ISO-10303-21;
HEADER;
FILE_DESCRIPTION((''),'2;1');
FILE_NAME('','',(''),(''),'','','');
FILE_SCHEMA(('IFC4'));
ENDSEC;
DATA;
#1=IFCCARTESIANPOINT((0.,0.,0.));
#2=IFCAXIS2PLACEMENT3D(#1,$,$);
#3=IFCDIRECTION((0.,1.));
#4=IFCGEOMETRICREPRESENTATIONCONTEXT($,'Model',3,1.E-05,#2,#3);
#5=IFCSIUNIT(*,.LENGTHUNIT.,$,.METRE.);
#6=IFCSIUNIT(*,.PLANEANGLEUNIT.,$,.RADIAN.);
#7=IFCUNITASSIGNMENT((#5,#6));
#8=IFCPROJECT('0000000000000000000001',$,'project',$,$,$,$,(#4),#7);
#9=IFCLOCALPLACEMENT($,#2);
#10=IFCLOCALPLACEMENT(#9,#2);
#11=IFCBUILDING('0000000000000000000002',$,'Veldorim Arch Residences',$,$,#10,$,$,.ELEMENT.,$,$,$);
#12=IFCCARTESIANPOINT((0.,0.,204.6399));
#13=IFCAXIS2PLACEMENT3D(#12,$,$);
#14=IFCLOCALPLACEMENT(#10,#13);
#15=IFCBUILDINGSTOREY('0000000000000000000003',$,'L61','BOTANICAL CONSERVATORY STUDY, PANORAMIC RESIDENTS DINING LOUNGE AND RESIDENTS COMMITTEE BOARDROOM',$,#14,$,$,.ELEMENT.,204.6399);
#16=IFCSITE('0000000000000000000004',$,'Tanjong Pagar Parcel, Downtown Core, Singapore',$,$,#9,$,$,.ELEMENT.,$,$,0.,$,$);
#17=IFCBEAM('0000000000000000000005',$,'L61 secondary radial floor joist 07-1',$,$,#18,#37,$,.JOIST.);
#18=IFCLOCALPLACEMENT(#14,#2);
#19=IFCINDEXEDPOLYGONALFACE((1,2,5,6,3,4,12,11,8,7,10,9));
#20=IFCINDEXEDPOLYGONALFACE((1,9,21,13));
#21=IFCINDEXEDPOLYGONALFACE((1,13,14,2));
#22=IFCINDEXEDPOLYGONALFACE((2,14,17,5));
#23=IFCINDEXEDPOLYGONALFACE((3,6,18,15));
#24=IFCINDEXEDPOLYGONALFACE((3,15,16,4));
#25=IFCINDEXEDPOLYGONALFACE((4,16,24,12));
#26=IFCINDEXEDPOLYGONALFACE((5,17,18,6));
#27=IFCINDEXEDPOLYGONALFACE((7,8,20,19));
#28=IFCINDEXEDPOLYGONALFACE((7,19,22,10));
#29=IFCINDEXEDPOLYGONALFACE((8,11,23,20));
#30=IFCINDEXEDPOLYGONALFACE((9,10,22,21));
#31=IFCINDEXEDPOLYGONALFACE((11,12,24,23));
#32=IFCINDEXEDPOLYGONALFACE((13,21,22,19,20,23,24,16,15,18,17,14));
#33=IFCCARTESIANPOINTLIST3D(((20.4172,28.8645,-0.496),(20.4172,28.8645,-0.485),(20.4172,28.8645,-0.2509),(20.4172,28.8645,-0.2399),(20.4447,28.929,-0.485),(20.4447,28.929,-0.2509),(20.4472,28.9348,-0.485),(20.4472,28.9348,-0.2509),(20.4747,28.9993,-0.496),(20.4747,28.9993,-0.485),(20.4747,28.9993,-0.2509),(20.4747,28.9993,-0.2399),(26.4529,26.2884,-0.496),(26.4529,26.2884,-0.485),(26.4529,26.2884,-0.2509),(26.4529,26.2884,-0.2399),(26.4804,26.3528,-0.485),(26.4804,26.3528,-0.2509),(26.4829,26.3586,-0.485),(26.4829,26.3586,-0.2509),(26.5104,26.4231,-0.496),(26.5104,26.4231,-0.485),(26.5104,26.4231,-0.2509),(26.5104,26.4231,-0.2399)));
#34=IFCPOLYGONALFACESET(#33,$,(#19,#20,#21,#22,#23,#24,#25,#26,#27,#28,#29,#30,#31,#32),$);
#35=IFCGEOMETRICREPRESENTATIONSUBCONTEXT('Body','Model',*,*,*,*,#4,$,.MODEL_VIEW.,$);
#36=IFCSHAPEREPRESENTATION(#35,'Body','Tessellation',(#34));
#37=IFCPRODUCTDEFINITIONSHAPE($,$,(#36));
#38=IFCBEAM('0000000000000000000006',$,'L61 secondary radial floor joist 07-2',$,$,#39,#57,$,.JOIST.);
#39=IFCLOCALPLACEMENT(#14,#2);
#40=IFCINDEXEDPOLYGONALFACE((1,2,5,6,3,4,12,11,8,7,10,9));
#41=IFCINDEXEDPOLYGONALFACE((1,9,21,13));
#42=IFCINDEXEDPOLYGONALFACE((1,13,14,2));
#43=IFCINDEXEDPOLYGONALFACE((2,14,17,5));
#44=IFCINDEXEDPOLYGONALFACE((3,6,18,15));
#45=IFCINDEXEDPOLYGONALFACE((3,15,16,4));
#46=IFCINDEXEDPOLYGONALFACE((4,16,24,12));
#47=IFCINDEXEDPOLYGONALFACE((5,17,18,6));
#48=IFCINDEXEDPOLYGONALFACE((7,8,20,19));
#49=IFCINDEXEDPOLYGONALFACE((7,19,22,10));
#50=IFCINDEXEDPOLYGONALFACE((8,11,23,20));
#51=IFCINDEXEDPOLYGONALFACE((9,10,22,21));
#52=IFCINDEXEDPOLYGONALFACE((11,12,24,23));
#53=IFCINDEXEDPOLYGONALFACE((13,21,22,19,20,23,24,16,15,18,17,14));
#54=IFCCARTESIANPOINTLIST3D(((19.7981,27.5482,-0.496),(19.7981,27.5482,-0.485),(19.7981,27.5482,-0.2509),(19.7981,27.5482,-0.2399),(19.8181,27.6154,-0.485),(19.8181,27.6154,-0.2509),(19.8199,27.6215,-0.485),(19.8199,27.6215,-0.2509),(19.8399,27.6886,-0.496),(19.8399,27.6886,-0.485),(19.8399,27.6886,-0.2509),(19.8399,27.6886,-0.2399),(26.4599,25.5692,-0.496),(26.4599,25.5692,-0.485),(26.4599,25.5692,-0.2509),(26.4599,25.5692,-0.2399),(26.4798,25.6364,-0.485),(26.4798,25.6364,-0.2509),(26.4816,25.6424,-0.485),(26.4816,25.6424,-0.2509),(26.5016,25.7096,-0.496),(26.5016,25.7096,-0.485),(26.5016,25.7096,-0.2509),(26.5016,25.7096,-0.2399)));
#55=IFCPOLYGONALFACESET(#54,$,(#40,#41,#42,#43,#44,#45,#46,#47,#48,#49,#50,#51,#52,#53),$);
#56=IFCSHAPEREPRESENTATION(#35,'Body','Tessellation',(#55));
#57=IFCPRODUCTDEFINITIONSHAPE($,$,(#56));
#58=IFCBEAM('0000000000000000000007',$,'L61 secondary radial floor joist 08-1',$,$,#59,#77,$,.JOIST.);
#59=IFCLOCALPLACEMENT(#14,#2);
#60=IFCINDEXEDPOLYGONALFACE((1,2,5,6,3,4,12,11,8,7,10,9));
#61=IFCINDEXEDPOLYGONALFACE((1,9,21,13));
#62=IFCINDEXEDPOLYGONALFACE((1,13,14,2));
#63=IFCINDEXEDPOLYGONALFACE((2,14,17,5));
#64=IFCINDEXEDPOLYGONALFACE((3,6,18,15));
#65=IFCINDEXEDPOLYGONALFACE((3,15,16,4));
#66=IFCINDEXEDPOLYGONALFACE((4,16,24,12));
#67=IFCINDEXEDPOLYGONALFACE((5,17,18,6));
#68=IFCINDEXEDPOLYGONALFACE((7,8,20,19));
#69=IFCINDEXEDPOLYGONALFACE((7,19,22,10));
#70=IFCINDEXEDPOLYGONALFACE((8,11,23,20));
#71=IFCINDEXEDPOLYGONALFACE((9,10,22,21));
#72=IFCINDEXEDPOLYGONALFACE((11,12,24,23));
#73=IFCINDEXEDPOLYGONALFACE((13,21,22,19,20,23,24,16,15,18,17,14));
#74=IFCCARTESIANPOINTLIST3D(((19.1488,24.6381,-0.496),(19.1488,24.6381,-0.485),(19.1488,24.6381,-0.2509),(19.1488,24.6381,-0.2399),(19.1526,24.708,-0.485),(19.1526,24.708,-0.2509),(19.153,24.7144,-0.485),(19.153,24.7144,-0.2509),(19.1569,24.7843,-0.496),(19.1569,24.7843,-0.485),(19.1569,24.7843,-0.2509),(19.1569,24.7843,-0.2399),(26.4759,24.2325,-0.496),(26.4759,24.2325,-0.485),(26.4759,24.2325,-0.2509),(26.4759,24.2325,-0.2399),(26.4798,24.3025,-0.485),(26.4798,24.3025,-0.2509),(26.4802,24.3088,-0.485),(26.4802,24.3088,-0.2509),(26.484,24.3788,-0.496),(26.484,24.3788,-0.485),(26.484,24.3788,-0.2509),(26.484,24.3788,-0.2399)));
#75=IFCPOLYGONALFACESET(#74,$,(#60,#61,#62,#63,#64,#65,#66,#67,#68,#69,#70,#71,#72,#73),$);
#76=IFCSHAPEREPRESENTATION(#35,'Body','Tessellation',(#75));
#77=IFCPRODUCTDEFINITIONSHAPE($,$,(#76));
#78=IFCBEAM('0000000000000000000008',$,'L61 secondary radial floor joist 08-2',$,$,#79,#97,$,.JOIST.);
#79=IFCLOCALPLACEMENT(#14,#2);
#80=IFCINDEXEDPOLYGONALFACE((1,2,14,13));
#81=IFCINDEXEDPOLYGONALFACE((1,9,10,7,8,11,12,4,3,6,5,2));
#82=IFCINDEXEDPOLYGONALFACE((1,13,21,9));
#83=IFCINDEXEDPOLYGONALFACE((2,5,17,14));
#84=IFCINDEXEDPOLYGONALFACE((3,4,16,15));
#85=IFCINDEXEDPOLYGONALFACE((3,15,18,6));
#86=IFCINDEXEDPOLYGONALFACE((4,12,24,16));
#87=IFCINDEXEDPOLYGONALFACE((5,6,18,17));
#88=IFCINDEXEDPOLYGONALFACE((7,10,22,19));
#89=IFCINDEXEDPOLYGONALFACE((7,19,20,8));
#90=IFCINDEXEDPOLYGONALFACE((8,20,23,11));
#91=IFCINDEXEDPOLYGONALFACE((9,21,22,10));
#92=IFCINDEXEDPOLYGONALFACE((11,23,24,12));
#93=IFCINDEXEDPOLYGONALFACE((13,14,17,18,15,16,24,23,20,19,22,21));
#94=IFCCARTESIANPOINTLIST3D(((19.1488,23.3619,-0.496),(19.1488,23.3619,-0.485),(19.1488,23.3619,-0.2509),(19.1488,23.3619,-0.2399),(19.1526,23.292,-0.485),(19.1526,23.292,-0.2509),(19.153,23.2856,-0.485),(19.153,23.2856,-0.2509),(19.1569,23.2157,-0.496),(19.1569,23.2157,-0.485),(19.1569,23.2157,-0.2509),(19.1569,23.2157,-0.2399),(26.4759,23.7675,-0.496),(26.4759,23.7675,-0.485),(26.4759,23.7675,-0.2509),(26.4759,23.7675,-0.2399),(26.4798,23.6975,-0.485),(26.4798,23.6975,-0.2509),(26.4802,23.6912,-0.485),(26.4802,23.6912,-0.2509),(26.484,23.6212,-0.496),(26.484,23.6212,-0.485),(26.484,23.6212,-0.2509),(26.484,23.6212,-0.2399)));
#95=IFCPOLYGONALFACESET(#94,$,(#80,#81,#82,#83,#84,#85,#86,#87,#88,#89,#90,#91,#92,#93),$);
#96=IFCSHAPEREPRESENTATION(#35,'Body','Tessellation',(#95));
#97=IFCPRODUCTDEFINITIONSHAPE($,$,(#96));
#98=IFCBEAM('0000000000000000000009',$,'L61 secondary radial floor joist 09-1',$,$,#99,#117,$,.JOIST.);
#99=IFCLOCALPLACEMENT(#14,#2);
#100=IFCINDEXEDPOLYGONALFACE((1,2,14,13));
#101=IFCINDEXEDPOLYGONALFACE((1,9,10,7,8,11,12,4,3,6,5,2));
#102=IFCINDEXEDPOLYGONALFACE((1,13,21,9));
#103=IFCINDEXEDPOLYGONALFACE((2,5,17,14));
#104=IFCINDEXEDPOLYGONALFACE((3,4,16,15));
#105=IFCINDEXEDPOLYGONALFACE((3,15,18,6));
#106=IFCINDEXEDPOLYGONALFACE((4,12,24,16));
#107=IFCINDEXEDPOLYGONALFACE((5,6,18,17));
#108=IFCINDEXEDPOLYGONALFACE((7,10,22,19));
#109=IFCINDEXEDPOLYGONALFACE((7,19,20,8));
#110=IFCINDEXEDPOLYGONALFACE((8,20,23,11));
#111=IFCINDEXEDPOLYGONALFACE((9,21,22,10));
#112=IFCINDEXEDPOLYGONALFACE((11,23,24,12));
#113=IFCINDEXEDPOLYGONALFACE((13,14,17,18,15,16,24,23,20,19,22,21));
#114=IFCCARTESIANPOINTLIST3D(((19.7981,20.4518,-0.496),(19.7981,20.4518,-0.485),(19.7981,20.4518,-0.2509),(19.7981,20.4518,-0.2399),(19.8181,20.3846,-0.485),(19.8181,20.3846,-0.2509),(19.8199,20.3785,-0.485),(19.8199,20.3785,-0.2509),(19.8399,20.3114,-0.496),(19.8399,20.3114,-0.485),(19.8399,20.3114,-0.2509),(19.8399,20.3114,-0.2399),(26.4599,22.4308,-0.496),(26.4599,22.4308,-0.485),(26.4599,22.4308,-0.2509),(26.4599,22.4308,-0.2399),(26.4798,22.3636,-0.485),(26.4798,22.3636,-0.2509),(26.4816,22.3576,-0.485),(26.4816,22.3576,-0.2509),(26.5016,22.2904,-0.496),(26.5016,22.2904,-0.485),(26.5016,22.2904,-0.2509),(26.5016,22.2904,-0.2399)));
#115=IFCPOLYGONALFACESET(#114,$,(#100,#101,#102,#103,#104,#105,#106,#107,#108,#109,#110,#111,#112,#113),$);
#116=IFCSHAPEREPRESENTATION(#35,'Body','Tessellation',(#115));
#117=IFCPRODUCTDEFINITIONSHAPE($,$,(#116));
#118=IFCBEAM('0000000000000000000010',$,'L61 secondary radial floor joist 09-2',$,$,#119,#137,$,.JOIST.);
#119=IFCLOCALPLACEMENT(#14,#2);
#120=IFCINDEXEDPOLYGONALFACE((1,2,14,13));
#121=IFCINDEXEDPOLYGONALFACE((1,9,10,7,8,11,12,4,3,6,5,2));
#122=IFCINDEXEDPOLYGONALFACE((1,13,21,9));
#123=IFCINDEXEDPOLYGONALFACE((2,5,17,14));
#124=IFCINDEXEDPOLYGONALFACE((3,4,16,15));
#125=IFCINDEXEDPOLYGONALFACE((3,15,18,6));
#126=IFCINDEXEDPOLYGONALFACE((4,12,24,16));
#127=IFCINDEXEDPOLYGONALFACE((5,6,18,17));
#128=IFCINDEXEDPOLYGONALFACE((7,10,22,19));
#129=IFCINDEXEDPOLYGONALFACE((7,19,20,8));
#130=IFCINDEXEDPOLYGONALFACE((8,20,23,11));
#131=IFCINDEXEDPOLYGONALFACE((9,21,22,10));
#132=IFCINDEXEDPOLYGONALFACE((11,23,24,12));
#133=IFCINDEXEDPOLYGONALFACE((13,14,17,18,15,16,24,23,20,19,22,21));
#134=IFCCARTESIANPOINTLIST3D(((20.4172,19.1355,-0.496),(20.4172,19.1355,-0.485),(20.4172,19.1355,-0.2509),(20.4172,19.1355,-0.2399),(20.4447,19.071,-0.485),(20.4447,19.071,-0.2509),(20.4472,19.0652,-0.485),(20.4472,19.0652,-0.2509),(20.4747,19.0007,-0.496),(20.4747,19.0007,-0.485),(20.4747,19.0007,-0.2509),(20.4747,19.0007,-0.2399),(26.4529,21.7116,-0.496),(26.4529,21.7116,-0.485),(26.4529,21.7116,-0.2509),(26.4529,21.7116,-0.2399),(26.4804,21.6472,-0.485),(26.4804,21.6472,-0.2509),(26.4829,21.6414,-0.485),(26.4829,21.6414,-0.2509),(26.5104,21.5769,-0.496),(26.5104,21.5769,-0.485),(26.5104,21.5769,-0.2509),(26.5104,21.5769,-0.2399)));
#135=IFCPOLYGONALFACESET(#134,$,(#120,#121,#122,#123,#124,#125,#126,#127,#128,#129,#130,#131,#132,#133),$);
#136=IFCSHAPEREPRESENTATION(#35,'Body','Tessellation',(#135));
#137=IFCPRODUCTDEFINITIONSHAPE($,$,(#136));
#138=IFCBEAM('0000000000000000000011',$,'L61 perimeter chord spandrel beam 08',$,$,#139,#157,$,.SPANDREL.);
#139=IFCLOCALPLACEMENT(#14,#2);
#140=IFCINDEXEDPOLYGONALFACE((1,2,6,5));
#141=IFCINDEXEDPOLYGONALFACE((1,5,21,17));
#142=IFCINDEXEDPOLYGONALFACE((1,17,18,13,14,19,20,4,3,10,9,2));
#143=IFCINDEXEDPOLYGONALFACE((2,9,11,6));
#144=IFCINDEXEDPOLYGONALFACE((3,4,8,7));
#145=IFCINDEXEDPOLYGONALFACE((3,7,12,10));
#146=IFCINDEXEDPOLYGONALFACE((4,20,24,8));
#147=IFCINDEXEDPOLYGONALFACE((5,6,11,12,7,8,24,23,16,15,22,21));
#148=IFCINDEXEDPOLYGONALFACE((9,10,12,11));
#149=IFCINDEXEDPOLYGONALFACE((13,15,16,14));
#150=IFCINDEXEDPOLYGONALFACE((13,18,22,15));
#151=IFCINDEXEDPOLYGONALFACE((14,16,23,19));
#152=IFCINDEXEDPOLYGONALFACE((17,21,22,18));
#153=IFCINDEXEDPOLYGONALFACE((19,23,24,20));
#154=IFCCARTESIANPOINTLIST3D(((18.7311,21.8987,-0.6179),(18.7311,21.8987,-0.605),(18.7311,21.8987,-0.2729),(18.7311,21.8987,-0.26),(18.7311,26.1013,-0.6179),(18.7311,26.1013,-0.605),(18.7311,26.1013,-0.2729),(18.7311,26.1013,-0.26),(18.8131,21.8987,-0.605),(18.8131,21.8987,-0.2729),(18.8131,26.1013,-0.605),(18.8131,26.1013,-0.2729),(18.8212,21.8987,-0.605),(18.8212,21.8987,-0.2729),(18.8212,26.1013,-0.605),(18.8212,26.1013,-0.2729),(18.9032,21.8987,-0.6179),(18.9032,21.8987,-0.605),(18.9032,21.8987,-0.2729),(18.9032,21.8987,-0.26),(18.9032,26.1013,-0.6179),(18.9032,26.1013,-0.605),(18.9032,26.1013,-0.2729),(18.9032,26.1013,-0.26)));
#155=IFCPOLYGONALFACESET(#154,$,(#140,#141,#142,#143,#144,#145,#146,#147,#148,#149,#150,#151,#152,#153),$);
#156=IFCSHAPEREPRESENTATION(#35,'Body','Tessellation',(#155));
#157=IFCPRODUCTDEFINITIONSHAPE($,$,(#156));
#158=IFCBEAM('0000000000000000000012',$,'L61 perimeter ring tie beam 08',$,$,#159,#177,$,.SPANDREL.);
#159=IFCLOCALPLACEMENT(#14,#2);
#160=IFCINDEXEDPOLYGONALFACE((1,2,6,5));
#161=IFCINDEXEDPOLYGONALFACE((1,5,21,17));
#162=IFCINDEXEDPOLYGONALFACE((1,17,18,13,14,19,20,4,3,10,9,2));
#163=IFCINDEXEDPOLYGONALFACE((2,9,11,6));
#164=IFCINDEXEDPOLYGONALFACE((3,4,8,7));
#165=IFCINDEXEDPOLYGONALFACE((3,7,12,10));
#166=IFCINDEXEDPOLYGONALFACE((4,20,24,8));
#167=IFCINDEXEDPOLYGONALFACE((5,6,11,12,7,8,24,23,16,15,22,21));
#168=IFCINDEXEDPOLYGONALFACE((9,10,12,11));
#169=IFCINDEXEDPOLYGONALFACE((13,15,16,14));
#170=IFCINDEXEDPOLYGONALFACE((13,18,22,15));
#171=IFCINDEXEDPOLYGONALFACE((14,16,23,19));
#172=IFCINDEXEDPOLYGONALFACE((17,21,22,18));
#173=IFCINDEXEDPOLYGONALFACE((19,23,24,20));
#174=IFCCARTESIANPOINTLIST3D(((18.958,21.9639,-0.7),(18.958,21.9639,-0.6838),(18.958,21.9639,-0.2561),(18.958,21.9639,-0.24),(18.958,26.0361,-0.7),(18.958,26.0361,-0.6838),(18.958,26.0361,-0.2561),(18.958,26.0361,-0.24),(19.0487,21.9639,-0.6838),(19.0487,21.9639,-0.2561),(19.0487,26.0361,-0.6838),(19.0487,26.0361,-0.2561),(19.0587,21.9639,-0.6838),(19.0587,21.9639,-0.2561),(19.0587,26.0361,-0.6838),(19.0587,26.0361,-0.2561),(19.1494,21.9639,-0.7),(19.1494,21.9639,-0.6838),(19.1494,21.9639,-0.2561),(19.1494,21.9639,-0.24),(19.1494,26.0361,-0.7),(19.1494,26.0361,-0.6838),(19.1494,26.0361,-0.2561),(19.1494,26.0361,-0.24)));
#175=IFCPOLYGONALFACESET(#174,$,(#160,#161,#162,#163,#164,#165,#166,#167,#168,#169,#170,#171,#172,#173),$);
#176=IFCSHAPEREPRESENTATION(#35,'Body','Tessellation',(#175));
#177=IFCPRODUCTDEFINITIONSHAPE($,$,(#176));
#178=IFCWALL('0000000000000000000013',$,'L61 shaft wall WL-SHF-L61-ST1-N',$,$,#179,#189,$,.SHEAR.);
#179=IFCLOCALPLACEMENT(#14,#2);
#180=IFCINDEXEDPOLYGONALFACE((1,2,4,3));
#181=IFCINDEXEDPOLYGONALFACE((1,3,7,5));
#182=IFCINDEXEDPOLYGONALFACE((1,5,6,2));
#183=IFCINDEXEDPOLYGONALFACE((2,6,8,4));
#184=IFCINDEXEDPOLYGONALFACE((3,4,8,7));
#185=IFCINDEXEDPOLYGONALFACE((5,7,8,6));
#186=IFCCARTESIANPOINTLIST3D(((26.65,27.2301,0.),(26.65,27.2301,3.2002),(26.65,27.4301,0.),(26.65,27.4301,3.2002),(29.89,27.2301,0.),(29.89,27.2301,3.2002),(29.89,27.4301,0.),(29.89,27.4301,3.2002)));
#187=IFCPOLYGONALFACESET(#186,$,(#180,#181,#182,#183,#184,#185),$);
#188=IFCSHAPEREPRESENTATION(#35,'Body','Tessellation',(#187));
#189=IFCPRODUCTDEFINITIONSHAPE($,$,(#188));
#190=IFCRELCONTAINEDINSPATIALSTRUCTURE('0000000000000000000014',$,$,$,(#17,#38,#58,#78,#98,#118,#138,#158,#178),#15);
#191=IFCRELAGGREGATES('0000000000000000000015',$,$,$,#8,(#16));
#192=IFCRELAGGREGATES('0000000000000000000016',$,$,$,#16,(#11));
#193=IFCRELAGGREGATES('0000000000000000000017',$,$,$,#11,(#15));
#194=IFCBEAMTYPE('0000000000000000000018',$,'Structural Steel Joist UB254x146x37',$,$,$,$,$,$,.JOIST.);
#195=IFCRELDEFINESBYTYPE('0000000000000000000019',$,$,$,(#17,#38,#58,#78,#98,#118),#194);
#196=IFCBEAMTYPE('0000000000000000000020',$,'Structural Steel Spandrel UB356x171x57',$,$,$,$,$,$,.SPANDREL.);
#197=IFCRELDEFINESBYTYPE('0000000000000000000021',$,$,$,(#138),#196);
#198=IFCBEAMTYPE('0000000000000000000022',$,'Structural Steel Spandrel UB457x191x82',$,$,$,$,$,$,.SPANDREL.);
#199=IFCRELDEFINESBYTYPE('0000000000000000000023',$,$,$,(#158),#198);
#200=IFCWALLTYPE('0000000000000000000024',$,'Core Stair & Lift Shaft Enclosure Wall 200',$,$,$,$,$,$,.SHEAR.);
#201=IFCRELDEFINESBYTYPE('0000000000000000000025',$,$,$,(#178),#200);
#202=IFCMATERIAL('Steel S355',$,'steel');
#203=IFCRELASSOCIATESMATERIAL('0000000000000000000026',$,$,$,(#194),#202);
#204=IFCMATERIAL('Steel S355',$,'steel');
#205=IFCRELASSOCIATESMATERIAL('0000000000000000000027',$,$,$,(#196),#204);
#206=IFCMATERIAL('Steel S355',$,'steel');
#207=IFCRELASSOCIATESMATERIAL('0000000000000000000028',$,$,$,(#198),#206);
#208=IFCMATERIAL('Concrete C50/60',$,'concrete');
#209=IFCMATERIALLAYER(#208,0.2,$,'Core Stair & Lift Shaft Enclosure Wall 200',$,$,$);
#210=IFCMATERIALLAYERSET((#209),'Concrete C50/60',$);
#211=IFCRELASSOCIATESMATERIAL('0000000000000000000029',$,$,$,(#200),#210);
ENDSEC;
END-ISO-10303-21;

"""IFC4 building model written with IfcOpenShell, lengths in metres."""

from ifc_helpers import new_model, si_unit, direction, frame, frame_2d, origin, origin_2d, place, context, subcontext, project, spatial, rectangle, i_section, extrude, material, layer, layer_set, material_profile, profile_set, type_object, element, save


model = new_model("IFC4")

# Units and contexts
model_context = context("Model", 3, precision=1e-05, world=origin(), true_north=direction((0.0, 1.0)))
body_context = subcontext(model_context, "Body", "Model", "MODEL_VIEW")
ifc_project = project(units=[si_unit("LENGTHUNIT", "METRE"), si_unit("PLANEANGLEUNIT", "RADIAN")], contexts=[model_context])

# Site, building, storey
site_placement = place(None, origin())
site = spatial("IfcSite", under=ifc_project, at=site_placement, Name="Tanjong Pagar Parcel, Downtown Core, Singapore", CompositionType="ELEMENT", RefElevation=0.0)
building_placement = place(site_placement, origin())
building = spatial("IfcBuilding", under=site, at=building_placement, Name="Veldorim Arch Residences", CompositionType="ELEMENT")
storey_placement = place(building_placement, frame((0.0, 0.0, 204.6399)))
storey = spatial("IfcBuildingStorey", under=building, at=storey_placement, Name="L61", Description="BOTANICAL CONSERVATORY STUDY, PANORAMIC RESIDENTS DINING LOUNGE AND RESIDENTS COMMITTEE BOARDROOM", CompositionType="ELEMENT", Elevation=204.6399)

# Beams
ifc_material_1 = material(Name="Steel S355", Category="steel")
ifc_material_profile_1 = material_profile(ifc_material_1, i_section(OverallWidth=0.1465, OverallDepth=0.2561, WebThickness=0.0063, FlangeThickness=0.011, at=origin_2d()), Name="UB254x146x37")
ifc_profile_set_1 = profile_set([ifc_material_profile_1], Name="Steel S355")
beam_type_1 = type_object("IfcBeamType", Name="Structural Steel Joist UB254x146x37", PredefinedType="JOIST", material=ifc_profile_set_1)
beam_1_placement = place(storey_placement, frame((26.4817, 26.3557, -0.3679), z_axis=(-0.919725, 0.392563, 0.0), x_axis=(-0.392563, -0.919725, 0.0)))
element("IfcBeam", 1, at=beam_1_placement, inside=storey, type_object=beam_type_1, Name="L61 secondary radial floor joist 07-1", PredefinedType="JOIST", context=body_context, shape_type="SweptSolid", body=[
    extrude(i_section(OverallWidth=0.1465, OverallDepth=0.2561, WebThickness=0.0063, FlangeThickness=0.011, at=origin_2d()), origin(), (0.0, 0.0, 1.0), 6.5625),
])
beam_2_placement = place(storey_placement, frame((26.4807, 25.6394, -0.3679), z_axis=(-0.958594, 0.284775, 0.0), x_axis=(-0.284775, -0.958594, 0.0)))
element("IfcBeam", 2, at=beam_2_placement, inside=storey, type_object=beam_type_1, Name="L61 secondary radial floor joist 07-2", PredefinedType="JOIST", context=body_context, shape_type="SweptSolid", body=[
    extrude(i_section(OverallWidth=0.1465, OverallDepth=0.2561, WebThickness=0.0063, FlangeThickness=0.011, at=origin_2d()), origin(), (0.0, 0.0, 1.0), 6.9495),
])
for number, where, z_axis, x_axis, name in (
    (3, (26.48, 24.3057, -0.3679), (-0.998472, 0.05526, 0.0), (-0.05526, -0.998472, 0.0), "L61 secondary radial floor joist 08-1"),
    (4, (26.48, 23.6943, -0.3679), (-0.998472, -0.05526, 0.0), (0.05526, -0.998472, 0.0), "L61 secondary radial floor joist 08-2"),
):
    element("IfcBeam", number, at=place(storey_placement, frame(where, z_axis=z_axis, x_axis=x_axis)), inside=storey, type_object=beam_type_1, Name=name, PredefinedType="JOIST", context=body_context, shape_type="SweptSolid", body=[
        extrude(i_section(OverallWidth=0.1465, OverallDepth=0.2561, WebThickness=0.0063, FlangeThickness=0.011, at=origin_2d()), origin(), (0.0, 0.0, 1.0), 7.3384),
    ])
beam_3_placement = place(storey_placement, frame((26.4807, 22.3606, -0.3679), z_axis=(-0.958594, -0.284775, 0.0), x_axis=(0.284775, -0.958594, 0.0)))
element("IfcBeam", 5, at=beam_3_placement, inside=storey, type_object=beam_type_1, Name="L61 secondary radial floor joist 09-1", PredefinedType="JOIST", context=body_context, shape_type="SweptSolid", body=[
    extrude(i_section(OverallWidth=0.1465, OverallDepth=0.2561, WebThickness=0.0063, FlangeThickness=0.011, at=origin_2d()), origin(), (0.0, 0.0, 1.0), 6.9495),
])
beam_4_placement = place(storey_placement, frame((26.4817, 21.6443, -0.3679), z_axis=(-0.919725, -0.392563, 0.0), x_axis=(0.392563, -0.919725, 0.0)))
element("IfcBeam", 6, at=beam_4_placement, inside=storey, type_object=beam_type_1, Name="L61 secondary radial floor joist 09-2", PredefinedType="JOIST", context=body_context, shape_type="SweptSolid", body=[
    extrude(i_section(OverallWidth=0.1465, OverallDepth=0.2561, WebThickness=0.0063, FlangeThickness=0.011, at=origin_2d()), origin(), (0.0, 0.0, 1.0), 6.5625),
])
ifc_material_2 = material(Name="Steel S355", Category="steel")
ifc_material_profile_2 = material_profile(ifc_material_2, i_section(OverallWidth=0.1721, OverallDepth=0.3579, WebThickness=0.0081, FlangeThickness=0.0129, at=origin_2d()), Name="UB356x171x57")
ifc_profile_set_2 = profile_set([ifc_material_profile_2], Name="Steel S355")
beam_type_2 = type_object("IfcBeamType", Name="Structural Steel Spandrel UB356x171x57", PredefinedType="SPANDREL", material=ifc_profile_set_2)
beam_5_placement = place(storey_placement, frame((18.8171, 26.1013, -0.439), z_axis=(0.0, -1.0, 0.0), x_axis=(1.0, 0.0, 0.0)))
element("IfcBeam", 7, at=beam_5_placement, inside=storey, type_object=beam_type_2, Name="L61 perimeter chord spandrel beam 08", PredefinedType="SPANDREL", context=body_context, shape_type="SweptSolid", body=[
    extrude(i_section(OverallWidth=0.1721, OverallDepth=0.3579, WebThickness=0.0081, FlangeThickness=0.0129, at=origin_2d()), origin(), (0.0, 0.0, 1.0), 4.2026),
])
ifc_material_3 = material(Name="Steel S355", Category="steel")
ifc_material_profile_3 = material_profile(ifc_material_3, i_section(OverallWidth=0.1914, OverallDepth=0.46, WebThickness=0.01, FlangeThickness=0.0161, at=origin_2d()), Name="UB457x191x82")
ifc_profile_set_3 = profile_set([ifc_material_profile_3], Name="Steel S355")
beam_type_3 = type_object("IfcBeamType", Name="Structural Steel Spandrel UB457x191x82", PredefinedType="SPANDREL", material=ifc_profile_set_3)
beam_6_placement = place(storey_placement, frame((19.0537, 26.0361, -0.47), z_axis=(0.0, -1.0, 0.0), x_axis=(1.0, 0.0, 0.0)))
element("IfcBeam", 8, at=beam_6_placement, inside=storey, type_object=beam_type_3, Name="L61 perimeter ring tie beam 08", PredefinedType="SPANDREL", context=body_context, shape_type="SweptSolid", body=[
    extrude(i_section(OverallWidth=0.1914, OverallDepth=0.46, WebThickness=0.01, FlangeThickness=0.0161, at=origin_2d()), origin(), (0.0, 0.0, 1.0), 4.0723),
])

# Wall
ifc_material_4 = material(Name="Concrete C50/60", Category="concrete")
ifc_layer_1 = layer(ifc_material_4, 0.2, Name="Core Stair & Lift Shaft Enclosure Wall 200")
ifc_layer_set_1 = layer_set([ifc_layer_1], Name="Concrete C50/60")
wall_type_1 = type_object("IfcWallType", Name="Core Stair & Lift Shaft Enclosure Wall 200", PredefinedType="SHEAR", material=ifc_layer_set_1)
wall_1_placement = place(storey_placement, frame((26.6499, 27.3301, 0.0), z_axis=(0.0, 0.0, 1.0), x_axis=(1.0, 0.0, 0.0)))
element("IfcWall", 9, at=wall_1_placement, inside=storey, type_object=wall_type_1, Name="L61 shaft wall WL-SHF-L61-ST1-N", PredefinedType="SHEAR", context=body_context, shape_type="SweptSolid", body=[
    extrude(rectangle(XDim=3.24, YDim=0.2, at=frame_2d((1.6201, 0.0))), origin(), (0.0, 0.0, 1.0), 3.2002),
])

save(model, "model.ifc")
